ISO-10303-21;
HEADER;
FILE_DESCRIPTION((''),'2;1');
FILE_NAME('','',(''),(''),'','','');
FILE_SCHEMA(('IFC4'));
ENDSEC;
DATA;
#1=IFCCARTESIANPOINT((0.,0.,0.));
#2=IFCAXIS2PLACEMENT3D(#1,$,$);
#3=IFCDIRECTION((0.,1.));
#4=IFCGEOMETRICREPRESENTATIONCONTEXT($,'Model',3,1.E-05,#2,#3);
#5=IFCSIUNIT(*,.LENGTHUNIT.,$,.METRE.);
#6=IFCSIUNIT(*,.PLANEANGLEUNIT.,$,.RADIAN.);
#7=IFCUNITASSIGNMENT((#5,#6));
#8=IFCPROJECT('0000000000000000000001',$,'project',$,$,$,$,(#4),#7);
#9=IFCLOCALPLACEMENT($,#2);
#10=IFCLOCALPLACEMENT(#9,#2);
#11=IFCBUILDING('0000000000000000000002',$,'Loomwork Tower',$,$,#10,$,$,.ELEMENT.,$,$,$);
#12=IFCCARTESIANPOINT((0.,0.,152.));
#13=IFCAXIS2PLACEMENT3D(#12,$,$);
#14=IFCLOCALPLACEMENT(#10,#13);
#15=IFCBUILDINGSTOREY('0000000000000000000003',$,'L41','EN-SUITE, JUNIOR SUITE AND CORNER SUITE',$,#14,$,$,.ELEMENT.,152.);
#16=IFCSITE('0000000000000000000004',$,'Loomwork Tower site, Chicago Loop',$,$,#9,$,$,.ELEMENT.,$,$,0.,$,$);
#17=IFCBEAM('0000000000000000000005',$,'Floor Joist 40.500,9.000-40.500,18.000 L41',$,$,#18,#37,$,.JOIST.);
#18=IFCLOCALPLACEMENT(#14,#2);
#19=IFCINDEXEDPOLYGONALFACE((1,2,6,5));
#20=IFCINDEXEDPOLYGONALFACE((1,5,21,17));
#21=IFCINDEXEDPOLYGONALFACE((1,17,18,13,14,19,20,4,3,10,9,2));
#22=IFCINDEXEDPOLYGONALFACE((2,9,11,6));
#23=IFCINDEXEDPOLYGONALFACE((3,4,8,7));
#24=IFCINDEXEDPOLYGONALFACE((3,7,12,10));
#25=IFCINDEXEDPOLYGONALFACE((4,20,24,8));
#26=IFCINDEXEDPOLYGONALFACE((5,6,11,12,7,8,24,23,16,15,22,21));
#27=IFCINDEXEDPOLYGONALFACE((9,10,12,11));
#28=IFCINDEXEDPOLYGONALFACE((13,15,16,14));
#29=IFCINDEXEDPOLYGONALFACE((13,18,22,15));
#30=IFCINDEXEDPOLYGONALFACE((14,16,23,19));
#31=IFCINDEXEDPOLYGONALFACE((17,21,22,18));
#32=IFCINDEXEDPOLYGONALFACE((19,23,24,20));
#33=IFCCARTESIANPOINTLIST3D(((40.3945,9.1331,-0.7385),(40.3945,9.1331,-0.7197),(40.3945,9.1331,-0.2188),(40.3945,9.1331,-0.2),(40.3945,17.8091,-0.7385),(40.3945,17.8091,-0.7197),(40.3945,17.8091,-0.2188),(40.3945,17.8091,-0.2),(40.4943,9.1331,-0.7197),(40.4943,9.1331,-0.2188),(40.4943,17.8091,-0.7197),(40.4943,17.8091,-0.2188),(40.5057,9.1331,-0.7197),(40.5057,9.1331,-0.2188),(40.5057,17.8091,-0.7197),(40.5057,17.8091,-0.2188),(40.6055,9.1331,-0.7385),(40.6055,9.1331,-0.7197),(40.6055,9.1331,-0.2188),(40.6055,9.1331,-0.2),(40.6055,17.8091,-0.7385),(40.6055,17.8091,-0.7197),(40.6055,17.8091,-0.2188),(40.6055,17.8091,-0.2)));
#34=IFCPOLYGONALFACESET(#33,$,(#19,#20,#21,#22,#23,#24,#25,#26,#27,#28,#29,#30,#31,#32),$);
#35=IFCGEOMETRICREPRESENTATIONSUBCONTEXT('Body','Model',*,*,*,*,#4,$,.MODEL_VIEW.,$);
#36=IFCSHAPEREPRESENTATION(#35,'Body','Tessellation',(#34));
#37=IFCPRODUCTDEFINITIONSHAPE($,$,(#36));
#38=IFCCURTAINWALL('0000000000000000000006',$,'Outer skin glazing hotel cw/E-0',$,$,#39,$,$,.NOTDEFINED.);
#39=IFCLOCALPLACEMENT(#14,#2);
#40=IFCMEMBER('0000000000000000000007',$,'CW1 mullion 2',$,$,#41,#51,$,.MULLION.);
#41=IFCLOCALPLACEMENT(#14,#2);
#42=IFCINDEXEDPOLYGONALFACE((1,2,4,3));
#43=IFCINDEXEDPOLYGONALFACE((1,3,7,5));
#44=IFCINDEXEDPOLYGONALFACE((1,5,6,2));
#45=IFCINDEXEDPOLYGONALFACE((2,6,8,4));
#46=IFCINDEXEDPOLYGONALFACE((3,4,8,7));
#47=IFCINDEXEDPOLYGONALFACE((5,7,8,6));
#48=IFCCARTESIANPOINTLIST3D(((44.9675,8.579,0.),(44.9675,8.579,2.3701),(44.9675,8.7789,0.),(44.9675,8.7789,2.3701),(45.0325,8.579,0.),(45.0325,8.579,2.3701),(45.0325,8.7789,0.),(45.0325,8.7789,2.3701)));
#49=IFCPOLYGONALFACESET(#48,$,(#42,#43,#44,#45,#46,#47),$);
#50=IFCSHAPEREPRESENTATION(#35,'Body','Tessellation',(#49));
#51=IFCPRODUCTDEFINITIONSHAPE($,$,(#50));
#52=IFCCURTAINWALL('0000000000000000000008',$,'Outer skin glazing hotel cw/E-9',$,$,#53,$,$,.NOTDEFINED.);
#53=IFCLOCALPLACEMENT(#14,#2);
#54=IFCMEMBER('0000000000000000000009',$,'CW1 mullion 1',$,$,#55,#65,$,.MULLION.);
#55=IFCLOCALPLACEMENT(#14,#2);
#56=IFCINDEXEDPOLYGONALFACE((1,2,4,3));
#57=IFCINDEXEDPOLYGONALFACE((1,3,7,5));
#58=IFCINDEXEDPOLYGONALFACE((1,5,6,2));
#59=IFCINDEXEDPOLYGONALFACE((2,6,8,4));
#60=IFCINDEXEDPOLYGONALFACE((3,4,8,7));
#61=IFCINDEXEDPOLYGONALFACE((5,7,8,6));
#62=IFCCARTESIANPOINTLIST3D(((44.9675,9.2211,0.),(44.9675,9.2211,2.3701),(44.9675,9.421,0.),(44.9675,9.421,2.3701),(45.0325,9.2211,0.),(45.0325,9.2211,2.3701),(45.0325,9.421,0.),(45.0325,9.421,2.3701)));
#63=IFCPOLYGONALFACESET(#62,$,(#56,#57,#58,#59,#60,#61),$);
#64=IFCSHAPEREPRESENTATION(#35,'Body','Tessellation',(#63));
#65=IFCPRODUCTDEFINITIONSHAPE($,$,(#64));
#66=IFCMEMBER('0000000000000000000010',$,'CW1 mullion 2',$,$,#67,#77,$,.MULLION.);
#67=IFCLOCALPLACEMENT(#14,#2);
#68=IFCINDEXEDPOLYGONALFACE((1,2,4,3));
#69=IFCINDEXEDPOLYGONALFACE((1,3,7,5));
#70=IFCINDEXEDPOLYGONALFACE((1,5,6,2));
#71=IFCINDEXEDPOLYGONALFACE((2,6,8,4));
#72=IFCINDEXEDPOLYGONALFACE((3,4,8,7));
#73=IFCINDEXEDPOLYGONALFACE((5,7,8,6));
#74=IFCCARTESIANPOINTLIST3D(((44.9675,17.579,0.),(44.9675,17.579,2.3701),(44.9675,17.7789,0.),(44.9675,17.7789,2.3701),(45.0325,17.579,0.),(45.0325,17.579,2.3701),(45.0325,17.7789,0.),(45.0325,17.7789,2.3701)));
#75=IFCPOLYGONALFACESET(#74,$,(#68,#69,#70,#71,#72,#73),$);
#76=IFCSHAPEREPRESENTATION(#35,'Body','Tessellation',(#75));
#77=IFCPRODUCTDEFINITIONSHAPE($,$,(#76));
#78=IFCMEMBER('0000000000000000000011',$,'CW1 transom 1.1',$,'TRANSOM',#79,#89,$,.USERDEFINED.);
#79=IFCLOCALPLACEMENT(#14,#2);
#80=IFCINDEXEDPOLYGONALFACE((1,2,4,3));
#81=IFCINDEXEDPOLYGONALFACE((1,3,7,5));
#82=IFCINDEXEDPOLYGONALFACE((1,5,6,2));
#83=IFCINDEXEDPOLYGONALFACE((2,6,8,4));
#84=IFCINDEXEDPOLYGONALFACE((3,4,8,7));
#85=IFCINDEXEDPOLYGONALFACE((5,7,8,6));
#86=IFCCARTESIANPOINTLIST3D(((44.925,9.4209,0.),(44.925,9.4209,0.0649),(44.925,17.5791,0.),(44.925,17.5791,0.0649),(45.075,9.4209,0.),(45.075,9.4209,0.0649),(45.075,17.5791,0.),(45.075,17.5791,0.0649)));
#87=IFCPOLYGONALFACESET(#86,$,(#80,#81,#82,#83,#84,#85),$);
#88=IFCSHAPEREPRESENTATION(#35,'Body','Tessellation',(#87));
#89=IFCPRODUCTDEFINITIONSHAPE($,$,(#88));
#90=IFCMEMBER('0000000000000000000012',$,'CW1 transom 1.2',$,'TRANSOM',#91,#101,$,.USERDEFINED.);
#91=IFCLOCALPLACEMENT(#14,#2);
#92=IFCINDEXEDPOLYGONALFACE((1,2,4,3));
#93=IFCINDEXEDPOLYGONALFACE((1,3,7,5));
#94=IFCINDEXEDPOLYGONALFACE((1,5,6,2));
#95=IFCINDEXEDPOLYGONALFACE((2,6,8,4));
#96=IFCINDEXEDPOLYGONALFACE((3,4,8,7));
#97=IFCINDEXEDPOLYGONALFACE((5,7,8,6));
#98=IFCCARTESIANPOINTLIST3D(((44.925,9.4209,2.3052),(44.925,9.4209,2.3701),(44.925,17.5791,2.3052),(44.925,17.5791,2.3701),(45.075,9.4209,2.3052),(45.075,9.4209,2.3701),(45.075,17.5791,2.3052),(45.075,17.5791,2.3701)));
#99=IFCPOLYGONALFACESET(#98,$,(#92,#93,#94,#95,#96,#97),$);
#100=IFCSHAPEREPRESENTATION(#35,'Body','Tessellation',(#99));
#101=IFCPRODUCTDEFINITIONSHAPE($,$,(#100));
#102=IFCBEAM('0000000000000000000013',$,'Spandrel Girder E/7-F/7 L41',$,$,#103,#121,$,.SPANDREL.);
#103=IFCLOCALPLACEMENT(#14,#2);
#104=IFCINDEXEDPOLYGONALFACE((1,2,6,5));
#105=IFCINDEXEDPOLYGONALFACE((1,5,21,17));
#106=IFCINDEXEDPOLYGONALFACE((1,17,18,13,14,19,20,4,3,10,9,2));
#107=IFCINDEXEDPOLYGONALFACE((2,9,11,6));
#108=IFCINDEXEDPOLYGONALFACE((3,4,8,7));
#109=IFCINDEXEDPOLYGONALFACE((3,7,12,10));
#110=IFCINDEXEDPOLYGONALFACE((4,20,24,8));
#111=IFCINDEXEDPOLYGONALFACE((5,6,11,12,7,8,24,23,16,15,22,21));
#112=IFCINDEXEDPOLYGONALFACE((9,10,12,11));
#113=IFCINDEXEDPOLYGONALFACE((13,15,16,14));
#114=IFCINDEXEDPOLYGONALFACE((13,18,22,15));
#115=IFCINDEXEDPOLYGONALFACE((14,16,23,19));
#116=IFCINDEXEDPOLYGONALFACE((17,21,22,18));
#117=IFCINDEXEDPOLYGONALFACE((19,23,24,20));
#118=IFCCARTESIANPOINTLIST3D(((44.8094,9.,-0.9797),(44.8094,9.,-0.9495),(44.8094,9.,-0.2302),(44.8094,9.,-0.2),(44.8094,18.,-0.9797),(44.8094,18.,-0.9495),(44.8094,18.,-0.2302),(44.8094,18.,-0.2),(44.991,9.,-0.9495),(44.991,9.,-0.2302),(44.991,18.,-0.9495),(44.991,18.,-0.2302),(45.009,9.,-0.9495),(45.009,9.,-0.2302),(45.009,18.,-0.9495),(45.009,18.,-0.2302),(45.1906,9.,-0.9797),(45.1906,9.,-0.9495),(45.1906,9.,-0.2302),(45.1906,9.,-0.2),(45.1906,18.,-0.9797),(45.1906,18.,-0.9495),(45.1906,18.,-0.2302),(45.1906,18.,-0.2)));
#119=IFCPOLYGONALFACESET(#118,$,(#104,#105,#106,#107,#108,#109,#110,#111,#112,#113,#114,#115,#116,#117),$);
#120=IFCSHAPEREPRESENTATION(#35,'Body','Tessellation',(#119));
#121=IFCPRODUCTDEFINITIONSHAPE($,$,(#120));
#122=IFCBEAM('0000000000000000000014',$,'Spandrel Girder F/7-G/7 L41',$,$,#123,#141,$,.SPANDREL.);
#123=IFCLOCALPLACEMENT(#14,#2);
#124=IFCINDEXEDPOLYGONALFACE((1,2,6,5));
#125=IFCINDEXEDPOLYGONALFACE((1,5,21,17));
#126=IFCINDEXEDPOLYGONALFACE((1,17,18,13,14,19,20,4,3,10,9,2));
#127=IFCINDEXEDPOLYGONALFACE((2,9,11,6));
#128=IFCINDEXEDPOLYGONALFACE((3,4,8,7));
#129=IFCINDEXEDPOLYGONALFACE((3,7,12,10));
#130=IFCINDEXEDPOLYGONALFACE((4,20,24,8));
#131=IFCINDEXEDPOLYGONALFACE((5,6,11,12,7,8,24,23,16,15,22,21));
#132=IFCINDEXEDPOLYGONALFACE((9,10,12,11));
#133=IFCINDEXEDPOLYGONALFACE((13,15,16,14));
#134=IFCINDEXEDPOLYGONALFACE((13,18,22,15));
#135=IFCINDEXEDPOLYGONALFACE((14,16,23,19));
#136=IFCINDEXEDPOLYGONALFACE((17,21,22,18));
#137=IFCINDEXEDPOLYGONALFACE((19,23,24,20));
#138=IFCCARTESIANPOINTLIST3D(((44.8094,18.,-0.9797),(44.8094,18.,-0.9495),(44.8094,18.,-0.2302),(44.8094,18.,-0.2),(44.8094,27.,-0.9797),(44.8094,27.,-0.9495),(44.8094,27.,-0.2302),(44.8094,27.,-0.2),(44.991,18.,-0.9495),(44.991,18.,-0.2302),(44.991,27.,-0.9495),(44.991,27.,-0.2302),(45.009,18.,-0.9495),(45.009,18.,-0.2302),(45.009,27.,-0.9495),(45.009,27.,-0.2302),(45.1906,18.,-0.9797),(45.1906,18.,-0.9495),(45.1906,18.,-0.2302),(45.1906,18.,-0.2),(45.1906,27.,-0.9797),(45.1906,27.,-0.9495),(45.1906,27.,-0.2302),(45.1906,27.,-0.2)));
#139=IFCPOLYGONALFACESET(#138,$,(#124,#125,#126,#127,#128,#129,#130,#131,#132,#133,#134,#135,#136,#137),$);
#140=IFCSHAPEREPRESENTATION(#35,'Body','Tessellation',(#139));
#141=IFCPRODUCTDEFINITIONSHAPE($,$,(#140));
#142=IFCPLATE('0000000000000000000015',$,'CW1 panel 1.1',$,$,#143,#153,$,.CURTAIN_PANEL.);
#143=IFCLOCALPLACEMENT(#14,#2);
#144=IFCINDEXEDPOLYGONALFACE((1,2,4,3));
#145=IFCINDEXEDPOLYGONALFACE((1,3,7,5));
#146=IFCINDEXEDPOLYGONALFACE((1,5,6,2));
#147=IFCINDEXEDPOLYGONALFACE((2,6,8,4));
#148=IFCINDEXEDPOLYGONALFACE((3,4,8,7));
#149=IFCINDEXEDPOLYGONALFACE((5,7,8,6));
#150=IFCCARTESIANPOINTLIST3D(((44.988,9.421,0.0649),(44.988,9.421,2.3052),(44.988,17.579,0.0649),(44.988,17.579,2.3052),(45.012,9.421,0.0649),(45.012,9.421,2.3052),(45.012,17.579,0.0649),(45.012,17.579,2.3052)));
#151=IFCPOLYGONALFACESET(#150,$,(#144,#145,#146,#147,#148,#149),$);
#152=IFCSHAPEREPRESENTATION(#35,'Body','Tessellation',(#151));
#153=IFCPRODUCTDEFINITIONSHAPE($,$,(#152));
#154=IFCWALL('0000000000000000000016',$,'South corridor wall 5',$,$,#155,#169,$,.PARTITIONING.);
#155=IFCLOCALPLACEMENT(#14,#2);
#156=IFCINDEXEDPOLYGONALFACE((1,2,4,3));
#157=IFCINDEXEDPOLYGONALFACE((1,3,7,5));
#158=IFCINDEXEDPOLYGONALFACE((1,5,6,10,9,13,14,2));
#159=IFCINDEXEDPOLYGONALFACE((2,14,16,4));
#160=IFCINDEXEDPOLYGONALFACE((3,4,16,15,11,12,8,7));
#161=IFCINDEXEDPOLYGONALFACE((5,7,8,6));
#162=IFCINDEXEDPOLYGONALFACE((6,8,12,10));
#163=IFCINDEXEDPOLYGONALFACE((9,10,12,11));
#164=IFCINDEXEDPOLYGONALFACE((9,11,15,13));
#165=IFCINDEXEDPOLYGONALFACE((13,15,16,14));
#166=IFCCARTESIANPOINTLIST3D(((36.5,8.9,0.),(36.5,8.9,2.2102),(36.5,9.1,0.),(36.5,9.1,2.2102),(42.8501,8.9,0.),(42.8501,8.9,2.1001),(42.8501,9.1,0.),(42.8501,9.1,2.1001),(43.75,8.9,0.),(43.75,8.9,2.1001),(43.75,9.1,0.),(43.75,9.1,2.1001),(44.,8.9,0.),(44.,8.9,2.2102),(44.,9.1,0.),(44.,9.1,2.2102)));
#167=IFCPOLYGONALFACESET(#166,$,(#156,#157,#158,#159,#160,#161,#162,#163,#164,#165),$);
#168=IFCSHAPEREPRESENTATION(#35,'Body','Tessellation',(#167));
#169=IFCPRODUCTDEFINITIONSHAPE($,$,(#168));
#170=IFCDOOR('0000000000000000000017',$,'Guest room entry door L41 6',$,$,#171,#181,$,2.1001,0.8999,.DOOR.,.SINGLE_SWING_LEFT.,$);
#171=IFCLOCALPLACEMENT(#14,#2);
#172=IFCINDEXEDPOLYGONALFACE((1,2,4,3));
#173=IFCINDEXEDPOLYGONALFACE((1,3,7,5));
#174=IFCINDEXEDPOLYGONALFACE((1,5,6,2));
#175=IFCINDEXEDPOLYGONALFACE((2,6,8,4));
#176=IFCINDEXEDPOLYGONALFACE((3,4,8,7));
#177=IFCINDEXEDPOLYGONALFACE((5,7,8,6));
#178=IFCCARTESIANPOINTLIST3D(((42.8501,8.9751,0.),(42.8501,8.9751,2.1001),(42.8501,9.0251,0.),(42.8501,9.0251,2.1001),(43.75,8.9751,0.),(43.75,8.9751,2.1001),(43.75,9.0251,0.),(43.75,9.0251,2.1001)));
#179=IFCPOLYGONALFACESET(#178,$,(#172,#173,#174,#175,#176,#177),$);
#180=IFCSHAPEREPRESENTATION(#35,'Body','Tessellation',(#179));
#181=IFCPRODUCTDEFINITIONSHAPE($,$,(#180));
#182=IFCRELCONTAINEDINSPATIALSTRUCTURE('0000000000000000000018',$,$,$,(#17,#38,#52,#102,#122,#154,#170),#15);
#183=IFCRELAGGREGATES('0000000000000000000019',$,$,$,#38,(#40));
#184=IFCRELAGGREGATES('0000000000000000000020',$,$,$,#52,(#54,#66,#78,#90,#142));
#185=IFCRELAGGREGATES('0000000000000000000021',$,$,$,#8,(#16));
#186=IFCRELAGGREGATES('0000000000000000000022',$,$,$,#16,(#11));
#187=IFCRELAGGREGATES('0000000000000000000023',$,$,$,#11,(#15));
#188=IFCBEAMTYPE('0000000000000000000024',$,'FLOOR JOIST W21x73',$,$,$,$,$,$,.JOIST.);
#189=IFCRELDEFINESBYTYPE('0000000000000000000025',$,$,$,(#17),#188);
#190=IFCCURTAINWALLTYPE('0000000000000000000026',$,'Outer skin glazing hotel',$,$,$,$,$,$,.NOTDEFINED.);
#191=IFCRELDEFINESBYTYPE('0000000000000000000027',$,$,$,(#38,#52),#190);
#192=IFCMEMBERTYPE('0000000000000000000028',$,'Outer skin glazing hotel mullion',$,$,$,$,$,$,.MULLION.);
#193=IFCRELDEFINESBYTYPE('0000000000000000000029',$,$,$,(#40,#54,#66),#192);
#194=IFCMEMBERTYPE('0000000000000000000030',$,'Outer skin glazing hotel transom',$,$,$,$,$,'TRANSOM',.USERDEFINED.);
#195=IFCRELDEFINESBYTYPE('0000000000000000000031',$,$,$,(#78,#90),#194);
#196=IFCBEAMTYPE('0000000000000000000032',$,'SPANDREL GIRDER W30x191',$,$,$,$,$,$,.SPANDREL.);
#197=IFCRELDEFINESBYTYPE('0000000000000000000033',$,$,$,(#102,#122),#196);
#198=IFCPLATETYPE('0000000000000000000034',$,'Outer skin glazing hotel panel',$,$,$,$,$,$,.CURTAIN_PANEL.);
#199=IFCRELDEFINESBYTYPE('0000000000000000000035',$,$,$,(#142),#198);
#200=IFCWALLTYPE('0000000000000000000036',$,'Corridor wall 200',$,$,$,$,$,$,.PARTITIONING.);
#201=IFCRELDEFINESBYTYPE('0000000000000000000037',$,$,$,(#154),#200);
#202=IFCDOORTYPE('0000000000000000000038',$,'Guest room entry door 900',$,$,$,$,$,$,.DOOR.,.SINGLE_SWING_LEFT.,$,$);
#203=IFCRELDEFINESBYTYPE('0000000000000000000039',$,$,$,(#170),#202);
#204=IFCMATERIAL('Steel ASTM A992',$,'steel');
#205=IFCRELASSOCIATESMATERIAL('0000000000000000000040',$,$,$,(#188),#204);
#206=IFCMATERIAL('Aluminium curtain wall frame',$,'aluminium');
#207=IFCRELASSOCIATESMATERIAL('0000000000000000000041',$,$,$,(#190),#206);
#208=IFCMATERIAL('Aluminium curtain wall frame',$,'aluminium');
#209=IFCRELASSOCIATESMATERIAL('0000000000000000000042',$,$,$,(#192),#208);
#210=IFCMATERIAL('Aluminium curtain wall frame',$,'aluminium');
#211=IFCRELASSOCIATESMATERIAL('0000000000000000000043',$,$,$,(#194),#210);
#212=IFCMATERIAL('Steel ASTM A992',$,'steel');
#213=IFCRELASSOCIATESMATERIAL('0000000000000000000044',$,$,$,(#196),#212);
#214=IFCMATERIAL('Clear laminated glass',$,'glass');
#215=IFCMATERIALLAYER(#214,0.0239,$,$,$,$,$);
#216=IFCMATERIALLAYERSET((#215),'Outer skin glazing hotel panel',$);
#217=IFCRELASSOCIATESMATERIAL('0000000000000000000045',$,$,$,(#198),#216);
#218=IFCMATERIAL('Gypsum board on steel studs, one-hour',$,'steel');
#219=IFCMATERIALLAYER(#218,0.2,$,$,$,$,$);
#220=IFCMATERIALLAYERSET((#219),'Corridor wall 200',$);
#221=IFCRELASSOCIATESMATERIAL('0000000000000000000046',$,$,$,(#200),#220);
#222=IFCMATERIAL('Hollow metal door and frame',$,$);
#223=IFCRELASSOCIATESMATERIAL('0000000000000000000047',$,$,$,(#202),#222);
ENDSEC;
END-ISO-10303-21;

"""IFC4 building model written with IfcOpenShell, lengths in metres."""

from ifc_helpers import new_model, si_unit, direction, frame, frame_2d, origin, origin_2d, place, context, subcontext, project, spatial, rectangle, i_section, extrude, material, layer, layer_set, material_profile, profile_set, type_object, element, fill, aggregate, save


model = new_model("IFC4")

# Units and contexts
model_context = context("Model", 3, precision=1e-05, world=origin(), true_north=direction((0.0, 1.0)))
body_context = subcontext(model_context, "Body", "Model", "MODEL_VIEW")
ifc_project = project(units=[si_unit("LENGTHUNIT", "METRE"), si_unit("PLANEANGLEUNIT", "RADIAN")], contexts=[model_context])

# Site, building, storey
site_placement = place(None, origin())
site = spatial("IfcSite", under=ifc_project, at=site_placement, Name="Loomwork Tower site, Chicago Loop", CompositionType="ELEMENT", RefElevation=0.0)
building_placement = place(site_placement, origin())
building = spatial("IfcBuilding", under=site, at=building_placement, Name="Loomwork Tower", CompositionType="ELEMENT")
storey_placement = place(building_placement, frame((0.0, 0.0, 152.0)))
storey = spatial("IfcBuildingStorey", under=building, at=storey_placement, Name="L41", Description="EN-SUITE, JUNIOR SUITE AND CORNER SUITE", CompositionType="ELEMENT", Elevation=152.0)

# Beam
ifc_material_1 = material(Name="Steel ASTM A992", Category="steel")
ifc_material_profile_1 = material_profile(ifc_material_1, i_section(OverallWidth=0.2109, OverallDepth=0.5386, WebThickness=0.0115, FlangeThickness=0.0188, at=origin_2d()), Name="W21x73")
ifc_profile_set_1 = profile_set([ifc_material_profile_1], Name="Steel ASTM A992")
beam_type_1 = type_object("IfcBeamType", Name="FLOOR JOIST W21x73", PredefinedType="JOIST", material=ifc_profile_set_1)
beam_1_placement = place(storey_placement, frame((40.5, 9.1331, -0.4692), z_axis=(0.0, 1.0, 0.0), x_axis=(-1.0, 0.0, 0.0)))
element("IfcBeam", 1, at=beam_1_placement, inside=storey, type_object=beam_type_1, Name="Floor Joist 40.500,9.000-40.500,18.000 L41", PredefinedType="JOIST", context=body_context, shape_type="SweptSolid", body=[
    extrude(i_section(OverallWidth=0.2109, OverallDepth=0.5386, WebThickness=0.0115, FlangeThickness=0.0188, at=origin_2d()), origin(), (0.0, 0.0, 1.0), 8.676),
])

# Curtain wall, member
ifc_material_2 = material(Name="Aluminium curtain wall frame", Category="aluminium")
curtain_wall_type = type_object("IfcCurtainWallType", Name="Outer skin glazing hotel", PredefinedType="NOTDEFINED", material=ifc_material_2)
curtain_wall_1_placement = place(storey_placement, origin())
curtain_wall_1 = element("IfcCurtainWall", 2, at=curtain_wall_1_placement, inside=storey, type_object=curtain_wall_type, Name="Outer skin glazing hotel cw/E-0", PredefinedType="NOTDEFINED")
ifc_material_3 = material(Name="Aluminium curtain wall frame", Category="aluminium")
ifc_material_profile_2 = material_profile(ifc_material_3, rectangle(XDim=0.0649, YDim=0.2, at=origin_2d()), Name="AL 65x200")
ifc_profile_set_2 = profile_set([ifc_material_profile_2], Name="Aluminium curtain wall frame")
member_type_1 = type_object("IfcMemberType", Name="Outer skin glazing hotel mullion", PredefinedType="MULLION", material=ifc_profile_set_2)
member_1_placement = place(storey_placement, frame((45.0, 8.679, 0.0), z_axis=(0.0, 0.0, 1.0), x_axis=(-1.0, 0.0, 0.0)))
member_1 = element("IfcMember", 3, at=member_1_placement, type_object=member_type_1, Name="CW1 mullion 2", PredefinedType="MULLION", context=body_context, shape_type="SweptSolid", body=[
    extrude(rectangle(XDim=0.0649, YDim=0.2, at=origin_2d()), origin(), (0.0, 0.0, 1.0), 2.3701),
])
aggregate(curtain_wall_1, [member_1])

# Curtain wall, members
curtain_wall_2_placement = place(storey_placement, origin())
curtain_wall_2 = element("IfcCurtainWall", 4, at=curtain_wall_2_placement, inside=storey, type_object=curtain_wall_type, Name="Outer skin glazing hotel cw/E-9", PredefinedType="NOTDEFINED")
member_2_placement = place(storey_placement, frame((45.0, 9.321, 0.0), z_axis=(0.0, 0.0, 1.0), x_axis=(-1.0, 0.0, 0.0)))
member_2 = element("IfcMember", 5, at=member_2_placement, type_object=member_type_1, Name="CW1 mullion 1", PredefinedType="MULLION", context=body_context, shape_type="SweptSolid", body=[
    extrude(rectangle(XDim=0.0649, YDim=0.2, at=origin_2d()), origin(), (0.0, 0.0, 1.0), 2.3701),
])
member_3_placement = place(storey_placement, frame((45.0, 17.679, 0.0), z_axis=(0.0, 0.0, 1.0), x_axis=(-1.0, 0.0, 0.0)))
member_3 = element("IfcMember", 6, at=member_3_placement, type_object=member_type_1, Name="CW1 mullion 2", PredefinedType="MULLION", context=body_context, shape_type="SweptSolid", body=[
    extrude(rectangle(XDim=0.0649, YDim=0.2, at=origin_2d()), origin(), (0.0, 0.0, 1.0), 2.3701),
])
ifc_material_4 = material(Name="Aluminium curtain wall frame", Category="aluminium")
ifc_material_profile_3 = material_profile(ifc_material_4, rectangle(XDim=0.1499, YDim=0.0649, at=origin_2d()), Name="AL 65x150")
ifc_profile_set_3 = profile_set([ifc_material_profile_3], Name="Aluminium curtain wall frame")
member_type_2 = type_object("IfcMemberType", Name="Outer skin glazing hotel transom", ElementType="TRANSOM", PredefinedType="USERDEFINED", material=ifc_profile_set_3)
member_4_placement = place(storey_placement, frame((45.0, 9.4209, 0.0325), z_axis=(0.0, 1.0, 0.0), x_axis=(-1.0, 0.0, 0.0)))
member_4 = element("IfcMember", 7, at=member_4_placement, type_object=member_type_2, Name="CW1 transom 1.1", ObjectType="TRANSOM", PredefinedType="USERDEFINED", context=body_context, shape_type="SweptSolid", body=[
    extrude(rectangle(XDim=0.1499, YDim=0.0649, at=origin_2d()), origin(), (0.0, 0.0, 1.0), 8.1582),
])
member_5_placement = place(storey_placement, frame((45.0, 9.4209, 2.3376), z_axis=(0.0, 1.0, 0.0), x_axis=(-1.0, 0.0, 0.0)))
member_5 = element("IfcMember", 8, at=member_5_placement, type_object=member_type_2, Name="CW1 transom 1.2", ObjectType="TRANSOM", PredefinedType="USERDEFINED", context=body_context, shape_type="SweptSolid", body=[
    extrude(rectangle(XDim=0.1499, YDim=0.0649, at=origin_2d()), origin(), (0.0, 0.0, 1.0), 8.1582),
])

# Beams
ifc_material_5 = material(Name="Steel ASTM A992", Category="steel")
ifc_material_profile_4 = material_profile(ifc_material_5, i_section(OverallWidth=0.3811, OverallDepth=0.7798, WebThickness=0.0181, FlangeThickness=0.0303, at=origin_2d()), Name="W30x191")
ifc_profile_set_4 = profile_set([ifc_material_profile_4], Name="Steel ASTM A992")
beam_type_2 = type_object("IfcBeamType", Name="SPANDREL GIRDER W30x191", PredefinedType="SPANDREL", material=ifc_profile_set_4)
for number, where, z_axis, x_axis, name in (
    (9, (45.0, 9.0, -0.5898), (0.0, 1.0, 0.0), (-1.0, 0.0, 0.0), "Spandrel Girder E/7-F/7 L41"),
    (10, (45.0, 18.0, -0.5898), (0.0, 1.0, 0.0), (-1.0, 0.0, 0.0), "Spandrel Girder F/7-G/7 L41"),
):
    element("IfcBeam", number, at=place(storey_placement, frame(where, z_axis=z_axis, x_axis=x_axis)), inside=storey, type_object=beam_type_2, Name=name, PredefinedType="SPANDREL", context=body_context, shape_type="SweptSolid", body=[
        extrude(i_section(OverallWidth=0.3811, OverallDepth=0.7798, WebThickness=0.0181, FlangeThickness=0.0303, at=origin_2d()), origin(), (0.0, 0.0, 1.0), 9.0),
    ])

# Plate
ifc_material_6 = material(Name="Clear laminated glass", Category="glass")
ifc_layer_1 = layer(ifc_material_6, 0.0239)
ifc_layer_set_1 = layer_set([ifc_layer_1], Name="Outer skin glazing hotel panel")
plate_type = type_object("IfcPlateType", Name="Outer skin glazing hotel panel", PredefinedType="CURTAIN_PANEL", material=ifc_layer_set_1)
plate_placement = place(storey_placement, frame((45.0, 13.5, 0.0649), z_axis=(0.0, 0.0, 1.0), x_axis=(0.0, 1.0, 0.0)))
plate = element("IfcPlate", 11, at=plate_placement, type_object=plate_type, Name="CW1 panel 1.1", PredefinedType="CURTAIN_PANEL", context=body_context, shape_type="SweptSolid", body=[
    extrude(rectangle(XDim=8.158, YDim=0.0239, at=origin_2d()), origin(), (0.0, 0.0, 1.0), 2.2402),
])
aggregate(curtain_wall_2, [member_2, member_3, member_4, member_5, plate])

# Wall, opening, door
ifc_material_7 = material(Name="Gypsum board on steel studs, one-hour", Category="steel")
ifc_layer_2 = layer(ifc_material_7, 0.2)
ifc_layer_set_2 = layer_set([ifc_layer_2], Name="Corridor wall 200")
wall_type_1 = type_object("IfcWallType", Name="Corridor wall 200", PredefinedType="PARTITIONING", material=ifc_layer_set_2)
wall_1_placement = place(storey_placement, frame((36.5, 9.0, 0.0), z_axis=(0.0, 0.0, 1.0), x_axis=(1.0, 0.0, 0.0)))
wall_1 = element("IfcWall", 12, at=wall_1_placement, inside=storey, type_object=wall_type_1, Name="South corridor wall 5", PredefinedType="PARTITIONING", context=body_context, shape_type="SweptSolid", body=[
    extrude(rectangle(XDim=7.5, YDim=0.2, at=frame_2d((3.75, 0.0))), origin(), (0.0, 0.0, 1.0), 2.2102),
])
opening_1_placement = place(wall_1_placement, frame((6.3501, 0.0, 0.0)))
opening_1 = element("IfcOpeningElement", 13, at=opening_1_placement, cuts=wall_1, PredefinedType="OPENING", context=body_context, shape_type="SweptSolid", body=[
    extrude(rectangle(XDim=0.8999, YDim=2.1001, at=frame_2d((0.45, 1.05))), frame((0.0, 0.1099, 0.0), z_axis=(0.0, -1.0, 0.0), x_axis=(1.0, 0.0, 0.0)), (0.0, 0.0, 1.0), 0.22),
])
ifc_material_8 = material(Name="Hollow metal door and frame")
door_type_1 = type_object("IfcDoorType", Name="Guest room entry door 900", OperationType="SINGLE_SWING_LEFT", PredefinedType="DOOR", material=ifc_material_8)
door_1_placement = place(opening_1_placement, frame((0.8999, 0.0, 0.0), z_axis=(0.0, 0.0, 1.0), x_axis=(-1.0, 0.0, 0.0)))
door_1 = element("IfcDoor", 14, at=door_1_placement, inside=storey, type_object=door_type_1, Name="Guest room entry door L41 6", OperationType="SINGLE_SWING_LEFT", OverallHeight=2.1001, OverallWidth=0.8999, PredefinedType="DOOR", context=body_context, shape_type="SweptSolid", body=[
    extrude(rectangle(XDim=0.8999, YDim=2.1001, at=frame_2d((0.45, 1.05))), frame((0.0, 0.0249, 0.0), z_axis=(0.0, -1.0, 0.0), x_axis=(1.0, 0.0, 0.0)), (0.0, 0.0, 1.0), 0.05),
])
fill(opening_1, door_1)

save(model, "model.ifc")
